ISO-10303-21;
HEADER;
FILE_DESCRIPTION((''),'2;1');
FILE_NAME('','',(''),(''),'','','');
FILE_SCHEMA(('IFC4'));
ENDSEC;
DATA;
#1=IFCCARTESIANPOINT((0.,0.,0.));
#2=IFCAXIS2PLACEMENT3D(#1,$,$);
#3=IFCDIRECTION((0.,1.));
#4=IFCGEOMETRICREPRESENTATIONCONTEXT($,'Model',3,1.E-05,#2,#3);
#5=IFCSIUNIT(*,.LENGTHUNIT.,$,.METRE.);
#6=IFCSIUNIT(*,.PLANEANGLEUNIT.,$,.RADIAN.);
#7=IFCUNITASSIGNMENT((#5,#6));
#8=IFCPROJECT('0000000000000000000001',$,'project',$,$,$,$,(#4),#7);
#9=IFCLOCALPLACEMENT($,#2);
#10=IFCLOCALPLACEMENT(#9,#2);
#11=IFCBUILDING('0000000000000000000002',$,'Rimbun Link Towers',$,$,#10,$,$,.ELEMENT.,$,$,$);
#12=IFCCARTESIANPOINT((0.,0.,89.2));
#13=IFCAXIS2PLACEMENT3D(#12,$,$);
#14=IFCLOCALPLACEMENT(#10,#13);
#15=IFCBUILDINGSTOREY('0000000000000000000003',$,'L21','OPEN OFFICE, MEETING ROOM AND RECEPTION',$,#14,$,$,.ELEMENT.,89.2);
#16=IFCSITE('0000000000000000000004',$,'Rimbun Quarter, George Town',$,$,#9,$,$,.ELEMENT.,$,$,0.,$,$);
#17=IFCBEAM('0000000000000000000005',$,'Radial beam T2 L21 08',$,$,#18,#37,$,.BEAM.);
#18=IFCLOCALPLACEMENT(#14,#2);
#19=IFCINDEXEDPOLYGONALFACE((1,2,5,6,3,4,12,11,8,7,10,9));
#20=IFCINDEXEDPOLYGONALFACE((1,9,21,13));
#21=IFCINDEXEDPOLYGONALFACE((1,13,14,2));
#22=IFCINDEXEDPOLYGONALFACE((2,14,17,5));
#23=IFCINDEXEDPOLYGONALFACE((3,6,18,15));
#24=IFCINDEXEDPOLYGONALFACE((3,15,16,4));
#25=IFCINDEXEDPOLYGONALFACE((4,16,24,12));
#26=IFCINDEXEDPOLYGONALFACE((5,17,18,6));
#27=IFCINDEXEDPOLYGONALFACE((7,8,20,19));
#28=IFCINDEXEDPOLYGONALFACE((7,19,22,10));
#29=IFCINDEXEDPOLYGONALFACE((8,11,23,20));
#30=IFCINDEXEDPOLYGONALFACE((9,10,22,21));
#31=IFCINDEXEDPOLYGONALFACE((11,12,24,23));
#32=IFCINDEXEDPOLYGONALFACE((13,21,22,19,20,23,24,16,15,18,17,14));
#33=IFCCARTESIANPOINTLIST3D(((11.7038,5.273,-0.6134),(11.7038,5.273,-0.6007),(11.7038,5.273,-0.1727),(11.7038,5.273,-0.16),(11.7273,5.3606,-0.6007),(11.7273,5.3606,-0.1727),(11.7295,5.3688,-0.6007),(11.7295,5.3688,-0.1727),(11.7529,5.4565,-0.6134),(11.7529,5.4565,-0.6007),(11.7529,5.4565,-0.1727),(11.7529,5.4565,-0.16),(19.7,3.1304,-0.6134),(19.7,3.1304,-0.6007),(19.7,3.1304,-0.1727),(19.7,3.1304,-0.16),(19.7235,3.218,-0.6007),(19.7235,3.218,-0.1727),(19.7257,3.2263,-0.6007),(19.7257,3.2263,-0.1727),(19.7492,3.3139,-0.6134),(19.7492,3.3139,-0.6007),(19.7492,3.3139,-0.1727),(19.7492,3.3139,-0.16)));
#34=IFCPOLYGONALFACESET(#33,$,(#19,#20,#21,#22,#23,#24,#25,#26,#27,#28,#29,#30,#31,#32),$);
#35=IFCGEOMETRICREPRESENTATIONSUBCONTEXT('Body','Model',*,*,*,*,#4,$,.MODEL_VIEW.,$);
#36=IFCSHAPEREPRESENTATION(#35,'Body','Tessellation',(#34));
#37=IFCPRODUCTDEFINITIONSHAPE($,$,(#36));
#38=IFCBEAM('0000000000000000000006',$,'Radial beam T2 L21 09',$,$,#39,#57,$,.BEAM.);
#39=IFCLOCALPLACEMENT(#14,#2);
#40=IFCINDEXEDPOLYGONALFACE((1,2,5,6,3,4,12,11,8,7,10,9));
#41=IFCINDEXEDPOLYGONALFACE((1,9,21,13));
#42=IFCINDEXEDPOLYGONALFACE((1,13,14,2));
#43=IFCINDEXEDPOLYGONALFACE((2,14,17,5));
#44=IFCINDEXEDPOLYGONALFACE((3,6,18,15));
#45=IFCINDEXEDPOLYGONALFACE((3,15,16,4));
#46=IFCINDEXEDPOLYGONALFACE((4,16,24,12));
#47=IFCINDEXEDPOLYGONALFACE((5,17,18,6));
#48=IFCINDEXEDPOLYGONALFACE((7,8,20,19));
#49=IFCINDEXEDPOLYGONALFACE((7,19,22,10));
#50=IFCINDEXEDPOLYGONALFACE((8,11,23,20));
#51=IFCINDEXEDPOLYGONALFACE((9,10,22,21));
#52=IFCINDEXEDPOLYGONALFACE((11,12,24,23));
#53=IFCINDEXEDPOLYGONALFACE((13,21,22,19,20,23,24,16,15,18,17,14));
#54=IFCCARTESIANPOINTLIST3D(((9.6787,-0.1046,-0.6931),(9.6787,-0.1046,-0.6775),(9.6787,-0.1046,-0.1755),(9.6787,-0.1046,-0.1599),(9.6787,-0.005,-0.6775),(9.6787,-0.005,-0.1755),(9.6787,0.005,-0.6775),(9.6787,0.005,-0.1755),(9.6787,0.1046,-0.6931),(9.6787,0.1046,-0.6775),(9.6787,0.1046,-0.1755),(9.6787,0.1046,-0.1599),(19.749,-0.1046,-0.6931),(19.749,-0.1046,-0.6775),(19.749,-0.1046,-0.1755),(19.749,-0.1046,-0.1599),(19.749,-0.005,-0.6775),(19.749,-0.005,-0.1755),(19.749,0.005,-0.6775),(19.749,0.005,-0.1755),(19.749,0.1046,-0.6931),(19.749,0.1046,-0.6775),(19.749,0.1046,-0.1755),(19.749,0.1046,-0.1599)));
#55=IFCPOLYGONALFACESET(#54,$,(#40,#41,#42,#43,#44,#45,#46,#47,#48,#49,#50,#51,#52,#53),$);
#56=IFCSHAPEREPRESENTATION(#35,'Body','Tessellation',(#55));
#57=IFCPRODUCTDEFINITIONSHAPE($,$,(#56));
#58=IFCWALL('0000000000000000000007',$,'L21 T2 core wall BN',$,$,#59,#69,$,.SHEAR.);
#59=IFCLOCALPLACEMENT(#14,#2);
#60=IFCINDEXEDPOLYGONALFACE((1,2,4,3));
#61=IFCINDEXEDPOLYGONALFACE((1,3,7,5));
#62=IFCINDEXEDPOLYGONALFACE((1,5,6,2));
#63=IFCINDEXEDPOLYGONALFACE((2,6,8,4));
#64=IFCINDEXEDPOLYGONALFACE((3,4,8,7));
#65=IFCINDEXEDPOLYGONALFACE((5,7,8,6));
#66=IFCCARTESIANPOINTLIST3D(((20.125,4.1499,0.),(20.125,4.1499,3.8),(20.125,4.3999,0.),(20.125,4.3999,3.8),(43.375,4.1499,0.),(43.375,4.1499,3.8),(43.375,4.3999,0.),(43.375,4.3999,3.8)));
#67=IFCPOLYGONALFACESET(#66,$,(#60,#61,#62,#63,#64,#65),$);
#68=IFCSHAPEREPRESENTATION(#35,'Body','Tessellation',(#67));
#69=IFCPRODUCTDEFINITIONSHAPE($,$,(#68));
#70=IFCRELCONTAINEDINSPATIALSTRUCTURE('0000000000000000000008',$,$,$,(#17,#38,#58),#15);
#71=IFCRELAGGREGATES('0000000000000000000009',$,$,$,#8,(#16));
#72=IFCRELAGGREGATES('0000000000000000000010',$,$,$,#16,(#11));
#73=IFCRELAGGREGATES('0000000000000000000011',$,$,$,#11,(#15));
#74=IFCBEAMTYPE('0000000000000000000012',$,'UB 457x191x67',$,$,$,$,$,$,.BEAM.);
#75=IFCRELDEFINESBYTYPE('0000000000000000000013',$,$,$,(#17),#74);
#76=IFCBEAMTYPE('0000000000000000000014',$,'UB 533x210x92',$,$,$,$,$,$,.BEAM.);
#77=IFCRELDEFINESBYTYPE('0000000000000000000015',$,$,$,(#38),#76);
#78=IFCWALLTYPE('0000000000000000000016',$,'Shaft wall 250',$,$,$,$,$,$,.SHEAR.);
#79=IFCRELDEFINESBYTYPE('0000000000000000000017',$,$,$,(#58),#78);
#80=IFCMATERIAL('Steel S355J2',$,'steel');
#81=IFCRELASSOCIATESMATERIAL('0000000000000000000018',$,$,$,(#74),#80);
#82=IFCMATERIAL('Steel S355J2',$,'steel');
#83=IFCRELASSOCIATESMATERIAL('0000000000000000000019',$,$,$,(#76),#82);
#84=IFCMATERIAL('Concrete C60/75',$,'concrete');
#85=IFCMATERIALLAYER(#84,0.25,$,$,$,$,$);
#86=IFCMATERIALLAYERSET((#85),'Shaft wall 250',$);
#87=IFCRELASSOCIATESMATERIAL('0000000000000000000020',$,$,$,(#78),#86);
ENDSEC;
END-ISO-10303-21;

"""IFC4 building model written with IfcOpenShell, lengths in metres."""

from ifc_helpers import new_model, si_unit, direction, frame, frame_2d, origin, origin_2d, place, context, subcontext, project, spatial, rectangle, i_section, extrude, material, layer, layer_set, material_profile, profile_set, type_object, element, save


model = new_model("IFC4")

# Units and contexts
model_context = context("Model", 3, precision=1e-05, world=origin(), true_north=direction((0.0, 1.0)))
body_context = subcontext(model_context, "Body", "Model", "MODEL_VIEW")
ifc_project = project(units=[si_unit("LENGTHUNIT", "METRE"), si_unit("PLANEANGLEUNIT", "RADIAN")], contexts=[model_context])

# Site, building, storey
site_placement = place(None, origin())
site = spatial("IfcSite", under=ifc_project, at=site_placement, Name="Rimbun Quarter, George Town", CompositionType="ELEMENT", RefElevation=0.0)
building_placement = place(site_placement, origin())
building = spatial("IfcBuilding", under=site, at=building_placement, Name="Rimbun Link Towers", CompositionType="ELEMENT")
storey_placement = place(building_placement, frame((0.0, 0.0, 89.2)))
storey = spatial("IfcBuildingStorey", under=building, at=storey_placement, Name="L21", Description="OPEN OFFICE, MEETING ROOM AND RECEPTION", CompositionType="ELEMENT", Elevation=89.2)

# Beams
ifc_material_1 = material(Name="Steel S355J2", Category="steel")
ifc_material_profile_1 = material_profile(ifc_material_1, i_section(OverallWidth=0.1899, OverallDepth=0.4534, WebThickness=0.0085, FlangeThickness=0.0127, at=origin_2d()), Name="UB 457x191x67")
ifc_profile_set_1 = profile_set([ifc_material_profile_1], Name="Steel S355J2")
beam_type_1 = type_object("IfcBeamType", Name="UB 457x191x67", PredefinedType="BEAM", material=ifc_profile_set_1)
beam_1_placement = place(storey_placement, frame((19.7246, 3.2222, -0.3867), z_axis=(-0.965927, 0.258815, 0.0), x_axis=(-0.258815, -0.965927, 0.0)))
element("IfcBeam", 1, at=beam_1_placement, inside=storey, type_object=beam_type_1, Name="Radial beam T2 L21 08", PredefinedType="BEAM", context=body_context, shape_type="SweptSolid", body=[
    extrude(i_section(OverallWidth=0.1899, OverallDepth=0.4534, WebThickness=0.0085, FlangeThickness=0.0127, at=origin_2d()), origin(), (0.0, 0.0, 1.0), 8.2783),
])
ifc_material_2 = material(Name="Steel S355J2", Category="steel")
ifc_material_profile_2 = material_profile(ifc_material_2, i_section(OverallWidth=0.2092, OverallDepth=0.5332, WebThickness=0.01, FlangeThickness=0.0156, at=origin_2d()), Name="UB 533x210x92")
ifc_profile_set_2 = profile_set([ifc_material_profile_2], Name="Steel S355J2")
beam_type_2 = type_object("IfcBeamType", Name="UB 533x210x92", PredefinedType="BEAM", material=ifc_profile_set_2)
beam_2_placement = place(storey_placement, frame((19.749, 0.0, -0.4265), z_axis=(-1.0, 0.0, 0.0), x_axis=(0.0, -1.0, 0.0)))
element("IfcBeam", 2, at=beam_2_placement, inside=storey, type_object=beam_type_2, Name="Radial beam T2 L21 09", PredefinedType="BEAM", context=body_context, shape_type="SweptSolid", body=[
    extrude(i_section(OverallWidth=0.2092, OverallDepth=0.5332, WebThickness=0.01, FlangeThickness=0.0156, at=origin_2d()), origin(), (0.0, 0.0, 1.0), 10.0703),
])

# Wall
ifc_material_3 = material(Name="Concrete C60/75", Category="concrete")
ifc_layer_1 = layer(ifc_material_3, 0.25)
ifc_layer_set_1 = layer_set([ifc_layer_1], Name="Shaft wall 250")
wall_type_1 = type_object("IfcWallType", Name="Shaft wall 250", PredefinedType="SHEAR", material=ifc_layer_set_1)
wall_1_placement = place(storey_placement, frame((20.125, 4.2749, 0.0), z_axis=(0.0, 0.0, 1.0), x_axis=(1.0, 0.0, 0.0)))
element("IfcWall", 3, at=wall_1_placement, inside=storey, type_object=wall_type_1, Name="L21 T2 core wall BN", PredefinedType="SHEAR", context=body_context, shape_type="SweptSolid", body=[
    extrude(rectangle(XDim=23.25, YDim=0.25, at=frame_2d((11.625, 0.0))), origin(), (0.0, 0.0, 1.0), 3.8),
])

save(model, "model.ifc")
